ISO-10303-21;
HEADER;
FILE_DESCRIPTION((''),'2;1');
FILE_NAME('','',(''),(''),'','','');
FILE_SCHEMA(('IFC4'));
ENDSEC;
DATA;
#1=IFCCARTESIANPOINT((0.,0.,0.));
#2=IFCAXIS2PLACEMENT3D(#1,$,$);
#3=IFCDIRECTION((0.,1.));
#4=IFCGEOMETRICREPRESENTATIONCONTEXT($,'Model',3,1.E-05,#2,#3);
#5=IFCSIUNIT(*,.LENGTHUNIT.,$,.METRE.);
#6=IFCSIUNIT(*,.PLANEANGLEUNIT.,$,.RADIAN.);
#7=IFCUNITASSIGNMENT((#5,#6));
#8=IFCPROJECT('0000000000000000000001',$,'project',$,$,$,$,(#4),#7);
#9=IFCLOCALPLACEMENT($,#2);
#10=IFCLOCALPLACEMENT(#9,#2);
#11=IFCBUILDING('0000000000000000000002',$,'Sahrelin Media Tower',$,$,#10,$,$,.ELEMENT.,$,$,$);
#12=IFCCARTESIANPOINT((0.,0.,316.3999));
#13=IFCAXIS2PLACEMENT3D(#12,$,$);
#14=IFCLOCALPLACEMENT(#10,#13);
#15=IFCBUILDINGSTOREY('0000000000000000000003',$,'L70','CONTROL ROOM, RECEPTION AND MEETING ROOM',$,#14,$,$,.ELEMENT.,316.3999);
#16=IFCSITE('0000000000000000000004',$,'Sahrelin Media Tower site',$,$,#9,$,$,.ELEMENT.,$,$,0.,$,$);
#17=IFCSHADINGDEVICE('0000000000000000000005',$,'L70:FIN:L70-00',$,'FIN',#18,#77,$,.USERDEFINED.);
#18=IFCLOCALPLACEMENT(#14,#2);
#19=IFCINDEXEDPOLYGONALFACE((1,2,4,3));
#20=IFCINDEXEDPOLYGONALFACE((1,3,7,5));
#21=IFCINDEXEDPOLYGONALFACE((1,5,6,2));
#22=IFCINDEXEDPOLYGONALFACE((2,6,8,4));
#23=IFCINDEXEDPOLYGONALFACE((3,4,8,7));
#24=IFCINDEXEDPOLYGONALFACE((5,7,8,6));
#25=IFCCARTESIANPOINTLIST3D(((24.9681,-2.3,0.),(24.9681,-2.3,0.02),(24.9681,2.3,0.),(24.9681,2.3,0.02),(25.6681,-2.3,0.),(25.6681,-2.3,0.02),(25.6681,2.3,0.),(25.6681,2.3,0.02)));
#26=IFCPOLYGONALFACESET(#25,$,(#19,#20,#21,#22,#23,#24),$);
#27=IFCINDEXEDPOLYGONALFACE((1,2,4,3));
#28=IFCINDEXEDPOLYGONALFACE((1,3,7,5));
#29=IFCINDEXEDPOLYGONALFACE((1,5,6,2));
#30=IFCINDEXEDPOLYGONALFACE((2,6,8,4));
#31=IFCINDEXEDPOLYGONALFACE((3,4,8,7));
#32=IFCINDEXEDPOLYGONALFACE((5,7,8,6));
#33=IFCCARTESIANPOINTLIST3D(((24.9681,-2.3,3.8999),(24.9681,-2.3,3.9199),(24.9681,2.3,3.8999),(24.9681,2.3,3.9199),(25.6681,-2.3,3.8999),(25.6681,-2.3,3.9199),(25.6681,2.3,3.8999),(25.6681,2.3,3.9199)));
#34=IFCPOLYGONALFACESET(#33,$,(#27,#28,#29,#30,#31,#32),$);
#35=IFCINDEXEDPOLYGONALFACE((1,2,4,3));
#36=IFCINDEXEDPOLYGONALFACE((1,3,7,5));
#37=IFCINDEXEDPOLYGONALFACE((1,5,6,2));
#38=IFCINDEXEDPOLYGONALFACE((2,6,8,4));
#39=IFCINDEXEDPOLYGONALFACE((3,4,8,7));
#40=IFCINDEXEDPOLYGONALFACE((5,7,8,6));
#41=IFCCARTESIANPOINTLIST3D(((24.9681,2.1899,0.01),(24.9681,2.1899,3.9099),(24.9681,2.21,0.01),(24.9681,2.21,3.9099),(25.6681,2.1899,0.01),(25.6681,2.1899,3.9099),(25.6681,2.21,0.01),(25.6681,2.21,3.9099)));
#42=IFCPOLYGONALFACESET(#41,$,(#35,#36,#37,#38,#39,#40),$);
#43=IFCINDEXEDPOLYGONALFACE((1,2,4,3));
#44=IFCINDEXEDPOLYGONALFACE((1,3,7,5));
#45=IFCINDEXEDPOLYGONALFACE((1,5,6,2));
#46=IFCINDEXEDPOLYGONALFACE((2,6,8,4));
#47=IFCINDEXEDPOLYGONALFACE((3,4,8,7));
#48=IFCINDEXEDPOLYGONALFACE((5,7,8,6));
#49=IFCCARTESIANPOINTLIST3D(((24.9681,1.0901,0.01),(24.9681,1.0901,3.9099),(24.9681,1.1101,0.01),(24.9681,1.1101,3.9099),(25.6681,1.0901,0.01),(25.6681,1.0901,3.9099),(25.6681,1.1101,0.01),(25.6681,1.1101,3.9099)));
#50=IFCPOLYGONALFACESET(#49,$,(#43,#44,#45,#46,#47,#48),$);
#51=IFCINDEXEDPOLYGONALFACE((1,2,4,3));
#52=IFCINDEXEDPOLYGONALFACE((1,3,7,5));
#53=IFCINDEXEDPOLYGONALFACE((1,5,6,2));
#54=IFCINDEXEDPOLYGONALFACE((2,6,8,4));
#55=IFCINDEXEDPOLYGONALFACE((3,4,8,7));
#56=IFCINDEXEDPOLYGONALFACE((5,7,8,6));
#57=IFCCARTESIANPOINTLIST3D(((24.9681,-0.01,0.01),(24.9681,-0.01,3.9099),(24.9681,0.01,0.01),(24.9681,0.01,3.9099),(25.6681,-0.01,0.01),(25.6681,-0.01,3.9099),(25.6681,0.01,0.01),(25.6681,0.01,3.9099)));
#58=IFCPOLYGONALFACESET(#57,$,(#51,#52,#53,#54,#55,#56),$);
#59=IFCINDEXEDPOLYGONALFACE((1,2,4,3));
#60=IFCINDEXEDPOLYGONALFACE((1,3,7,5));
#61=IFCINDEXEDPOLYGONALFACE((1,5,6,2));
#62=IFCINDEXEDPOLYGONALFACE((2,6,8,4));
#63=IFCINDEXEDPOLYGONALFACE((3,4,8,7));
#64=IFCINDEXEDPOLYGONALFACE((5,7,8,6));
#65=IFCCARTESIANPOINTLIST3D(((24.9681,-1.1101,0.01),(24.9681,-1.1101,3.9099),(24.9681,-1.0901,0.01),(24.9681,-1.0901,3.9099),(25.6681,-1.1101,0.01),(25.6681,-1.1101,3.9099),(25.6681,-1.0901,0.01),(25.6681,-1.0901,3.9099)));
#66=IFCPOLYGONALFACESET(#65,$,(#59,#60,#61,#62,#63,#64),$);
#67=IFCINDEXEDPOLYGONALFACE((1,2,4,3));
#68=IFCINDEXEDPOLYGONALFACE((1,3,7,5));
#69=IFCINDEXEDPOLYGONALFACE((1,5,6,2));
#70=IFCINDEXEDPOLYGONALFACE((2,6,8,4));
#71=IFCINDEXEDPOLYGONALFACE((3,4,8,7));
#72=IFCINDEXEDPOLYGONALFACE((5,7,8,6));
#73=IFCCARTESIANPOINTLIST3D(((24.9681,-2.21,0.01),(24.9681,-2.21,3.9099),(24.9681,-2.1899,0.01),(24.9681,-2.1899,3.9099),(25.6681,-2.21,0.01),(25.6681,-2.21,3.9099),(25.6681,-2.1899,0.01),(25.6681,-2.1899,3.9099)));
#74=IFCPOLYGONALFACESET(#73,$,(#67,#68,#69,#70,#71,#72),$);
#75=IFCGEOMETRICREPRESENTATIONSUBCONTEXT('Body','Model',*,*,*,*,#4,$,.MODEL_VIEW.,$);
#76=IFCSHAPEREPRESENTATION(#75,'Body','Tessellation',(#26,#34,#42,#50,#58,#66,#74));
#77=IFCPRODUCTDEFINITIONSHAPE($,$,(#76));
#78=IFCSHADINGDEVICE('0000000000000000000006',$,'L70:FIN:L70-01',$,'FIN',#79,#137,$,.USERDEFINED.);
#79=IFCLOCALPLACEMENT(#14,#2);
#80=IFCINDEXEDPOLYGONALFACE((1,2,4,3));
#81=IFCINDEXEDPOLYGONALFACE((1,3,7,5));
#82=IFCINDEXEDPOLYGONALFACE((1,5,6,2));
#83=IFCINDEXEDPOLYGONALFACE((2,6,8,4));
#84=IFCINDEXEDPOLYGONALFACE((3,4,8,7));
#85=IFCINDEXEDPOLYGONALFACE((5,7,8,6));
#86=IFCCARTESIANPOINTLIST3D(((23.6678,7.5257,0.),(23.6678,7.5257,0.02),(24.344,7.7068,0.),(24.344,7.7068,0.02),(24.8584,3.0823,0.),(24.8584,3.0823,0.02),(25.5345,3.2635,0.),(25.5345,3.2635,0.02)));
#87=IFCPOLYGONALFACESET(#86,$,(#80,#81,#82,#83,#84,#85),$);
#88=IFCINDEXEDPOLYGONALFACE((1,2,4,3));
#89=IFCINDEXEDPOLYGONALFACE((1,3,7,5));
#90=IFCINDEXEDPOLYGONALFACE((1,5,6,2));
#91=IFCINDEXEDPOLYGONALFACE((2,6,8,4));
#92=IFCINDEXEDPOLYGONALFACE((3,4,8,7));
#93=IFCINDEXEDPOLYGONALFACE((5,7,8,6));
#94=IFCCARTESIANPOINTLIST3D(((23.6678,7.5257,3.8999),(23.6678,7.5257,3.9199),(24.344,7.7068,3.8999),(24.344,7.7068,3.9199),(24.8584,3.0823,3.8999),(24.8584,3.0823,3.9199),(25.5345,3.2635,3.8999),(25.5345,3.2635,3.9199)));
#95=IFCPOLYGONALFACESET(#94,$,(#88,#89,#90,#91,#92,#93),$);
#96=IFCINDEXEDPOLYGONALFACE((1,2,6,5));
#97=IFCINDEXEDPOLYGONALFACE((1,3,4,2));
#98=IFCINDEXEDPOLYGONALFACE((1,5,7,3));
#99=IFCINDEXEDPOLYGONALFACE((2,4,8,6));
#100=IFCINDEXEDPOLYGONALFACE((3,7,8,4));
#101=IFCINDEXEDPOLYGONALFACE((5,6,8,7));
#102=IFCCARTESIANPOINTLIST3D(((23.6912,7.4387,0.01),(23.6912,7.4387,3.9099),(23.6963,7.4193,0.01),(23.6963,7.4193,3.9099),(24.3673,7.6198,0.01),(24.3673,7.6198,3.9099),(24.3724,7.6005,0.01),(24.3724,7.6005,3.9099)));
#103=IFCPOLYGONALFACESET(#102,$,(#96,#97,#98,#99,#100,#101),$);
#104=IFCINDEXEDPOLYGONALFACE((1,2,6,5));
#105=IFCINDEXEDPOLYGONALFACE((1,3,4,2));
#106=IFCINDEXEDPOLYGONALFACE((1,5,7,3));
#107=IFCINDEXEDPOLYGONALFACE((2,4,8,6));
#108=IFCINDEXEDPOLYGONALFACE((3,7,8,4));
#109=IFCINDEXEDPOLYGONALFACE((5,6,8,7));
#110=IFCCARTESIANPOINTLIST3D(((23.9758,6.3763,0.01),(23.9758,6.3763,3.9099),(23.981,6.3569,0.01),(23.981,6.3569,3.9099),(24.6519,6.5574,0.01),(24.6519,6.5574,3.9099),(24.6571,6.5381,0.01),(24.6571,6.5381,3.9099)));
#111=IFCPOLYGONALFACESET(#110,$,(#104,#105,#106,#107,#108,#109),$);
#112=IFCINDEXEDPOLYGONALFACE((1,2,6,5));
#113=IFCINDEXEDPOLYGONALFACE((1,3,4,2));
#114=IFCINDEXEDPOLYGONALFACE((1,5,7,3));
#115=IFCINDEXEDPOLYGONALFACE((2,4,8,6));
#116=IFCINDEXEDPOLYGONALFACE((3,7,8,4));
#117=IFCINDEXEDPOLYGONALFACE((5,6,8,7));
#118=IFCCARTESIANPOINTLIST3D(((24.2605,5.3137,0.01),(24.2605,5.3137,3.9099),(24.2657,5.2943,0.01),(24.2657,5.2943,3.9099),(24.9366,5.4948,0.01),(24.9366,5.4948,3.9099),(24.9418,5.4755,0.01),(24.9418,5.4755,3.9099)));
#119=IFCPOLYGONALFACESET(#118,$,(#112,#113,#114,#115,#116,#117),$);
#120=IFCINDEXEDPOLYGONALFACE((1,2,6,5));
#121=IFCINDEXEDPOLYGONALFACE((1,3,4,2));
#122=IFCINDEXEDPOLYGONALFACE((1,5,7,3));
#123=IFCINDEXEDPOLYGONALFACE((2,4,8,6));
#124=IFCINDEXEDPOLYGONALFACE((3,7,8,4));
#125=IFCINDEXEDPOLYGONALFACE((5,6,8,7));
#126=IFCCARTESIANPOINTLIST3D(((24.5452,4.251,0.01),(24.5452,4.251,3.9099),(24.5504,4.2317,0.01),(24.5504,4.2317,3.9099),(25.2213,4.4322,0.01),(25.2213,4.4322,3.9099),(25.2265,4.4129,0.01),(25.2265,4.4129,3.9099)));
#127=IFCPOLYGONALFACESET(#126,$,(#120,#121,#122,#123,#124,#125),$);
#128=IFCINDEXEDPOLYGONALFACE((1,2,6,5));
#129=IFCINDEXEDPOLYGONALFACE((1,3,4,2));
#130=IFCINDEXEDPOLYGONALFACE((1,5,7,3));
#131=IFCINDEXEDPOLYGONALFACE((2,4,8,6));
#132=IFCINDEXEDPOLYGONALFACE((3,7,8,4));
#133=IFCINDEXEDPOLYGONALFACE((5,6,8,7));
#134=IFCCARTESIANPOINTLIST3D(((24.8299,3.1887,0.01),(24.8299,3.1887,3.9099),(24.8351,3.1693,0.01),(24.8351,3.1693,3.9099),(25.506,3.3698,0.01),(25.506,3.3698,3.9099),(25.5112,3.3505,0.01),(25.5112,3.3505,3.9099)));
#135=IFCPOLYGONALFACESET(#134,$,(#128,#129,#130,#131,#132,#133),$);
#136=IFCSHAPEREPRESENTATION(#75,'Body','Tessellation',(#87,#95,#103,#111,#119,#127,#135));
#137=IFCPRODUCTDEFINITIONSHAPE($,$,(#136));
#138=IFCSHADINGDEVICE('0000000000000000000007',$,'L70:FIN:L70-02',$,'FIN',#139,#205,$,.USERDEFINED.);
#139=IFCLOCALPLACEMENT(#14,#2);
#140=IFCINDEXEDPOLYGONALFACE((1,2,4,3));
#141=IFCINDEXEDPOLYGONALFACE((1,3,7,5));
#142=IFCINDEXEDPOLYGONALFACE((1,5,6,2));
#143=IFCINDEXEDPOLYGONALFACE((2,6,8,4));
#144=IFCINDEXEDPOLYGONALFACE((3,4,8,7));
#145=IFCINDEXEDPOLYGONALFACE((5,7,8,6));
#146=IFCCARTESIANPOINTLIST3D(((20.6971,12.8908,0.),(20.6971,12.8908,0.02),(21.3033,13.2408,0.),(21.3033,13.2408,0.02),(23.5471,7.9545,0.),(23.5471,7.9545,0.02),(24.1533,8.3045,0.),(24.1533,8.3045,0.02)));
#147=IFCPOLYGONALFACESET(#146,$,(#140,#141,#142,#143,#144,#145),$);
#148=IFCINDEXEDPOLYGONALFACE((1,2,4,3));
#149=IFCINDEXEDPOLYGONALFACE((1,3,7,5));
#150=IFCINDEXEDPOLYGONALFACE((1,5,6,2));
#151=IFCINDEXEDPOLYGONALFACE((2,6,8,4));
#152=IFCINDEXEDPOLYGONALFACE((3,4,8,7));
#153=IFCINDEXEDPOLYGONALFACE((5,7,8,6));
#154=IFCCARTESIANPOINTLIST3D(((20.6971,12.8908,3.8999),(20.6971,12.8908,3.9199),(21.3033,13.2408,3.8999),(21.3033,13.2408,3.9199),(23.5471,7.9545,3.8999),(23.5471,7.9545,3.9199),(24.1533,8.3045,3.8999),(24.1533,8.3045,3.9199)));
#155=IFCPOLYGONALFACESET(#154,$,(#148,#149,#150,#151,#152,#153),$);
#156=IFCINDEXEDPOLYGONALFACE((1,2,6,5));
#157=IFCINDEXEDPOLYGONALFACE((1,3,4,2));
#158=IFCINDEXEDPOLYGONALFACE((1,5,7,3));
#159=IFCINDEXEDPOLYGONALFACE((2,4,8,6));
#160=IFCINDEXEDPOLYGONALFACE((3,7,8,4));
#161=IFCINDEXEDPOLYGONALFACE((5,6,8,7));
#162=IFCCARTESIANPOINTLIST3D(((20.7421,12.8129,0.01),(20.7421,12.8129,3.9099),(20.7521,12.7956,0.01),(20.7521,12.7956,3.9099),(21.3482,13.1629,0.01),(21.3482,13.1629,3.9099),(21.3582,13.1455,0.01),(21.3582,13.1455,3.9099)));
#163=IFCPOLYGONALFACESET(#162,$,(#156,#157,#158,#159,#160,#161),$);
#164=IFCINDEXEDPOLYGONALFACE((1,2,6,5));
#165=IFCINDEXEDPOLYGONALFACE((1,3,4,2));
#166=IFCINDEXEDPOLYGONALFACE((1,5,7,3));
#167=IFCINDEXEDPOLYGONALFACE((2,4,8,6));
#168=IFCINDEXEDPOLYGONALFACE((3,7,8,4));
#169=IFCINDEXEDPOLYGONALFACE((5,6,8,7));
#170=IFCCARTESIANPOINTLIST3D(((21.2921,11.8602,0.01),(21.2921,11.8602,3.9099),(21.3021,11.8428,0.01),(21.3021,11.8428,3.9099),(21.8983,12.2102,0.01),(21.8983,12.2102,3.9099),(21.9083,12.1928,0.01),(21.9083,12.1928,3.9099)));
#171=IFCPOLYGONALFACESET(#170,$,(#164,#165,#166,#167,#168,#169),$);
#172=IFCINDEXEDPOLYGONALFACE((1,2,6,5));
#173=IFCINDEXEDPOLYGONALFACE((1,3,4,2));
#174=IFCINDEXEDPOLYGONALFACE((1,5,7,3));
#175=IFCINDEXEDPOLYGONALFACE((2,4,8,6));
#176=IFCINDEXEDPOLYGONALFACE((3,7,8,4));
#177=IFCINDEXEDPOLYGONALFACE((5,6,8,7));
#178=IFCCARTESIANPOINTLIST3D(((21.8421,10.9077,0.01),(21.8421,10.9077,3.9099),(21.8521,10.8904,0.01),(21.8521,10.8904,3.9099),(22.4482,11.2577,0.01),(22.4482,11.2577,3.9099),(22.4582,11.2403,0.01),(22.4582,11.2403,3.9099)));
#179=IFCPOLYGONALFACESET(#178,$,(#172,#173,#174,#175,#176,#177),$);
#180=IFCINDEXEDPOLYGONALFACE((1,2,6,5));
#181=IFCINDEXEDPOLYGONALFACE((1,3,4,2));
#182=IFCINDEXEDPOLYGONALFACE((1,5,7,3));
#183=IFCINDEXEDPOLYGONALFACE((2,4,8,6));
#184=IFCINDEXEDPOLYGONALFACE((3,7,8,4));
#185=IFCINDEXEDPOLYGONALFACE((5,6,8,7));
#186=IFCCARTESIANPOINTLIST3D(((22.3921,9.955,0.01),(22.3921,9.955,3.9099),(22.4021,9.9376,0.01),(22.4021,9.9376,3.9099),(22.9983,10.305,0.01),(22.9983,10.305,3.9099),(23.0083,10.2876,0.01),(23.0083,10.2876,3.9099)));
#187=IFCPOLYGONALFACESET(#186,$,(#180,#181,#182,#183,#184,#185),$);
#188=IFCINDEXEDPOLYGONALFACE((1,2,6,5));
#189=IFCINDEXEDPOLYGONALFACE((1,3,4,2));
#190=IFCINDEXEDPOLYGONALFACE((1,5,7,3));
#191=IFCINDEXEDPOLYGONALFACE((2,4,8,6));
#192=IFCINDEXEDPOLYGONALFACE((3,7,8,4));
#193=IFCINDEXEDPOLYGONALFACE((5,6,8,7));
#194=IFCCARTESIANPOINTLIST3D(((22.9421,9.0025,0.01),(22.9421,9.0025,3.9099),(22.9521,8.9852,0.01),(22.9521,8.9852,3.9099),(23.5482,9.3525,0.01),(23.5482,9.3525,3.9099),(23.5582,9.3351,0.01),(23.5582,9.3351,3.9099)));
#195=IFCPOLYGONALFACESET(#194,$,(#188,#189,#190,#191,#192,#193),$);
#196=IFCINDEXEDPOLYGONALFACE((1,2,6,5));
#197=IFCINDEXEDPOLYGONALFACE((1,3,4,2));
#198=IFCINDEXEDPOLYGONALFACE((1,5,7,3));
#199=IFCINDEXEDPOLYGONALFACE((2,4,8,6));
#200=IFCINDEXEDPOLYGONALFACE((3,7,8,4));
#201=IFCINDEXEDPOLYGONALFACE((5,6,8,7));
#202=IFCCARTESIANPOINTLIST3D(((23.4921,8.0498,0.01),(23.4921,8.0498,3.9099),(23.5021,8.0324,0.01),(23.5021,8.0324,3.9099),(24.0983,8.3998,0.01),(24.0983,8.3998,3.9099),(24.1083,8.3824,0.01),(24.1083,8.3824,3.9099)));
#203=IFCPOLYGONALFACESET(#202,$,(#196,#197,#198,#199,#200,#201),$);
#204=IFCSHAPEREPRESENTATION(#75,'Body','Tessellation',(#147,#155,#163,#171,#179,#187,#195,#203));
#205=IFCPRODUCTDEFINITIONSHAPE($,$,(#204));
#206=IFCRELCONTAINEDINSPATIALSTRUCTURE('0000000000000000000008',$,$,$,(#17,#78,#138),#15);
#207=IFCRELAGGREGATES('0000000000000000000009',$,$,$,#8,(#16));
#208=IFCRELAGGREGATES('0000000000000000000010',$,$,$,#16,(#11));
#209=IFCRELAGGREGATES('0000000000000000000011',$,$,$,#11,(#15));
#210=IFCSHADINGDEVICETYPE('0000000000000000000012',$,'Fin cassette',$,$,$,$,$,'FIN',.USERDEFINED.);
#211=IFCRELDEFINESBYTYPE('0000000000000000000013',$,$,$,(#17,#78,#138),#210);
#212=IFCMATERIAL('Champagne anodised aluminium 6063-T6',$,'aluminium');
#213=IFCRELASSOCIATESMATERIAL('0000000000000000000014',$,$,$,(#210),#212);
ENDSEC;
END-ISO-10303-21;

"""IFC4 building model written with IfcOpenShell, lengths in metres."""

from ifc_helpers import new_model, si_unit, direction, frame, origin, origin_2d, place, context, subcontext, project, spatial, rectangle, extrude, material, type_object, element, save


model = new_model("IFC4")

# Units and contexts
model_context = context("Model", 3, precision=1e-05, world=origin(), true_north=direction((0.0, 1.0)))
body_context = subcontext(model_context, "Body", "Model", "MODEL_VIEW")
ifc_project = project(units=[si_unit("LENGTHUNIT", "METRE"), si_unit("PLANEANGLEUNIT", "RADIAN")], contexts=[model_context])

# Site, building, storey
site_placement = place(None, origin())
site = spatial("IfcSite", under=ifc_project, at=site_placement, Name="Sahrelin Media Tower site", CompositionType="ELEMENT", RefElevation=0.0)
building_placement = place(site_placement, origin())
building = spatial("IfcBuilding", under=site, at=building_placement, Name="Sahrelin Media Tower", CompositionType="ELEMENT")
storey_placement = place(building_placement, frame((0.0, 0.0, 316.3999)))
storey = spatial("IfcBuildingStorey", under=building, at=storey_placement, Name="L70", Description="CONTROL ROOM, RECEPTION AND MEETING ROOM", CompositionType="ELEMENT", Elevation=316.3999)

# Shared definitions
ifc_material_1 = material(Name="Champagne anodised aluminium 6063-T6", Category="aluminium")

# Shading devices
shading_device_type_1 = type_object("IfcShadingDeviceType", Name="Fin cassette", ElementType="FIN", PredefinedType="USERDEFINED", material=ifc_material_1)
placement_1 = place(storey_placement, frame((24.8982, 0.0, 0.0), z_axis=(0.0, 0.0, 1.0), x_axis=(0.0, -1.0, 0.0)))
element("IfcShadingDevice", 1, at=placement_1, inside=storey, type_object=shading_device_type_1, Name="L70:FIN:L70-00", ObjectType="FIN", PredefinedType="USERDEFINED", context=body_context, shape_type="SweptSolid", body=[
    extrude(rectangle(XDim=4.6001, YDim=0.7, at=origin_2d()), frame((0.0, 0.4199, 0.0)), (0.0, 0.0, 1.0), 0.02),
    extrude(rectangle(XDim=4.6001, YDim=0.7, at=origin_2d()), frame((0.0, 0.4199, 3.8999)), (0.0, 0.0, 1.0), 0.02),
    extrude(rectangle(XDim=0.02, YDim=0.7, at=origin_2d()), frame((-2.2, 0.4199, 0.01), z_axis=(0.0, 0.0, 1.0), x_axis=(1.0, 0.0, 0.0)), (0.0, 0.0, 1.0), 3.8999),
    extrude(rectangle(XDim=0.02, YDim=0.7, at=origin_2d()), frame((-1.1001, 0.4199, 0.01), z_axis=(0.0, 0.0, 1.0), x_axis=(1.0, 0.0, 0.0)), (0.0, 0.0, 1.0), 3.8999),
    extrude(rectangle(XDim=0.02, YDim=0.7, at=origin_2d()), frame((0.0, 0.4199, 0.01), z_axis=(0.0, 0.0, 1.0), x_axis=(1.0, 0.0, 0.0)), (0.0, 0.0, 1.0), 3.8999),
    extrude(rectangle(XDim=0.02, YDim=0.7, at=origin_2d()), frame((1.1001, 0.4199, 0.01), z_axis=(0.0, 0.0, 1.0), x_axis=(1.0, 0.0, 0.0)), (0.0, 0.0, 1.0), 3.8999),
    extrude(rectangle(XDim=0.02, YDim=0.7, at=origin_2d()), frame((2.2, 0.4199, 0.01), z_axis=(0.0, 0.0, 1.0), x_axis=(1.0, 0.0, 0.0)), (0.0, 0.0, 1.0), 3.8999),
])
placement_2 = place(storey_placement, frame((24.1956, 5.2859, 0.0), z_axis=(0.0, 0.0, 1.0), x_axis=(0.258808, -0.965929, 0.0)))
element("IfcShadingDevice", 2, at=placement_2, inside=storey, type_object=shading_device_type_1, Name="L70:FIN:L70-01", ObjectType="FIN", PredefinedType="USERDEFINED", context=body_context, shape_type="SweptSolid", body=[
    extrude(rectangle(XDim=4.6001, YDim=0.7, at=origin_2d()), frame((0.0, 0.4199, 0.0)), (0.0, 0.0, 1.0), 0.02),
    extrude(rectangle(XDim=4.6001, YDim=0.7, at=origin_2d()), frame((0.0, 0.4199, 3.8999)), (0.0, 0.0, 1.0), 0.02),
    extrude(rectangle(XDim=0.02, YDim=0.7, at=origin_2d()), frame((-2.2, 0.4199, 0.01), z_axis=(0.0, 0.0, 1.0), x_axis=(1.0, 0.0, 0.0)), (0.0, 0.0, 1.0), 3.8999),
    extrude(rectangle(XDim=0.02, YDim=0.7, at=origin_2d()), frame((-1.1001, 0.4199, 0.01), z_axis=(0.0, 0.0, 1.0), x_axis=(1.0, 0.0, 0.0)), (0.0, 0.0, 1.0), 3.8999),
    extrude(rectangle(XDim=0.02, YDim=0.7, at=origin_2d()), frame((0.0, 0.4199, 0.01), z_axis=(0.0, 0.0, 1.0), x_axis=(1.0, 0.0, 0.0)), (0.0, 0.0, 1.0), 3.8999),
    extrude(rectangle(XDim=0.02, YDim=0.7, at=origin_2d()), frame((1.1001, 0.4199, 0.01), z_axis=(0.0, 0.0, 1.0), x_axis=(1.0, 0.0, 0.0)), (0.0, 0.0, 1.0), 3.8999),
    extrude(rectangle(XDim=0.02, YDim=0.7, at=origin_2d()), frame((2.2, 0.4199, 0.01), z_axis=(0.0, 0.0, 1.0), x_axis=(1.0, 0.0, 0.0)), (0.0, 0.0, 1.0), 3.8999),
])
placement_3 = place(storey_placement, frame((22.0615, 10.3877, 0.0), z_axis=(0.0, 0.0, 1.0), x_axis=(0.500011, -0.866019, 0.0)))
element("IfcShadingDevice", 3, at=placement_3, inside=storey, type_object=shading_device_type_1, Name="L70:FIN:L70-02", ObjectType="FIN", PredefinedType="USERDEFINED", context=body_context, shape_type="SweptSolid", body=[
    extrude(rectangle(XDim=5.7, YDim=0.7, at=origin_2d()), frame((0.0, 0.4199, 0.0)), (0.0, 0.0, 1.0), 0.02),
    extrude(rectangle(XDim=5.7, YDim=0.7, at=origin_2d()), frame((0.0, 0.4199, 3.8999)), (0.0, 0.0, 1.0), 0.02),
    extrude(rectangle(XDim=0.02, YDim=0.7, at=origin_2d()), frame((-2.75, 0.4199, 0.01), z_axis=(0.0, 0.0, 1.0), x_axis=(1.0, 0.0, 0.0)), (0.0, 0.0, 1.0), 3.8999),
    extrude(rectangle(XDim=0.02, YDim=0.7, at=origin_2d()), frame((-1.6499, 0.4199, 0.01), z_axis=(0.0, 0.0, 1.0), x_axis=(1.0, 0.0, 0.0)), (0.0, 0.0, 1.0), 3.8999),
    extrude(rectangle(XDim=0.02, YDim=0.7, at=origin_2d()), frame((-0.55, 0.4199, 0.01), z_axis=(0.0, 0.0, 1.0), x_axis=(1.0, 0.0, 0.0)), (0.0, 0.0, 1.0), 3.8999),
    extrude(rectangle(XDim=0.02, YDim=0.7, at=origin_2d()), frame((0.55, 0.4199, 0.01), z_axis=(0.0, 0.0, 1.0), x_axis=(1.0, 0.0, 0.0)), (0.0, 0.0, 1.0), 3.8999),
    extrude(rectangle(XDim=0.02, YDim=0.7, at=origin_2d()), frame((1.6499, 0.4199, 0.01), z_axis=(0.0, 0.0, 1.0), x_axis=(1.0, 0.0, 0.0)), (0.0, 0.0, 1.0), 3.8999),
    extrude(rectangle(XDim=0.02, YDim=0.7, at=origin_2d()), frame((2.75, 0.4199, 0.01), z_axis=(0.0, 0.0, 1.0), x_axis=(1.0, 0.0, 0.0)), (0.0, 0.0, 1.0), 3.8999),
])

save(model, "model.ifc")
